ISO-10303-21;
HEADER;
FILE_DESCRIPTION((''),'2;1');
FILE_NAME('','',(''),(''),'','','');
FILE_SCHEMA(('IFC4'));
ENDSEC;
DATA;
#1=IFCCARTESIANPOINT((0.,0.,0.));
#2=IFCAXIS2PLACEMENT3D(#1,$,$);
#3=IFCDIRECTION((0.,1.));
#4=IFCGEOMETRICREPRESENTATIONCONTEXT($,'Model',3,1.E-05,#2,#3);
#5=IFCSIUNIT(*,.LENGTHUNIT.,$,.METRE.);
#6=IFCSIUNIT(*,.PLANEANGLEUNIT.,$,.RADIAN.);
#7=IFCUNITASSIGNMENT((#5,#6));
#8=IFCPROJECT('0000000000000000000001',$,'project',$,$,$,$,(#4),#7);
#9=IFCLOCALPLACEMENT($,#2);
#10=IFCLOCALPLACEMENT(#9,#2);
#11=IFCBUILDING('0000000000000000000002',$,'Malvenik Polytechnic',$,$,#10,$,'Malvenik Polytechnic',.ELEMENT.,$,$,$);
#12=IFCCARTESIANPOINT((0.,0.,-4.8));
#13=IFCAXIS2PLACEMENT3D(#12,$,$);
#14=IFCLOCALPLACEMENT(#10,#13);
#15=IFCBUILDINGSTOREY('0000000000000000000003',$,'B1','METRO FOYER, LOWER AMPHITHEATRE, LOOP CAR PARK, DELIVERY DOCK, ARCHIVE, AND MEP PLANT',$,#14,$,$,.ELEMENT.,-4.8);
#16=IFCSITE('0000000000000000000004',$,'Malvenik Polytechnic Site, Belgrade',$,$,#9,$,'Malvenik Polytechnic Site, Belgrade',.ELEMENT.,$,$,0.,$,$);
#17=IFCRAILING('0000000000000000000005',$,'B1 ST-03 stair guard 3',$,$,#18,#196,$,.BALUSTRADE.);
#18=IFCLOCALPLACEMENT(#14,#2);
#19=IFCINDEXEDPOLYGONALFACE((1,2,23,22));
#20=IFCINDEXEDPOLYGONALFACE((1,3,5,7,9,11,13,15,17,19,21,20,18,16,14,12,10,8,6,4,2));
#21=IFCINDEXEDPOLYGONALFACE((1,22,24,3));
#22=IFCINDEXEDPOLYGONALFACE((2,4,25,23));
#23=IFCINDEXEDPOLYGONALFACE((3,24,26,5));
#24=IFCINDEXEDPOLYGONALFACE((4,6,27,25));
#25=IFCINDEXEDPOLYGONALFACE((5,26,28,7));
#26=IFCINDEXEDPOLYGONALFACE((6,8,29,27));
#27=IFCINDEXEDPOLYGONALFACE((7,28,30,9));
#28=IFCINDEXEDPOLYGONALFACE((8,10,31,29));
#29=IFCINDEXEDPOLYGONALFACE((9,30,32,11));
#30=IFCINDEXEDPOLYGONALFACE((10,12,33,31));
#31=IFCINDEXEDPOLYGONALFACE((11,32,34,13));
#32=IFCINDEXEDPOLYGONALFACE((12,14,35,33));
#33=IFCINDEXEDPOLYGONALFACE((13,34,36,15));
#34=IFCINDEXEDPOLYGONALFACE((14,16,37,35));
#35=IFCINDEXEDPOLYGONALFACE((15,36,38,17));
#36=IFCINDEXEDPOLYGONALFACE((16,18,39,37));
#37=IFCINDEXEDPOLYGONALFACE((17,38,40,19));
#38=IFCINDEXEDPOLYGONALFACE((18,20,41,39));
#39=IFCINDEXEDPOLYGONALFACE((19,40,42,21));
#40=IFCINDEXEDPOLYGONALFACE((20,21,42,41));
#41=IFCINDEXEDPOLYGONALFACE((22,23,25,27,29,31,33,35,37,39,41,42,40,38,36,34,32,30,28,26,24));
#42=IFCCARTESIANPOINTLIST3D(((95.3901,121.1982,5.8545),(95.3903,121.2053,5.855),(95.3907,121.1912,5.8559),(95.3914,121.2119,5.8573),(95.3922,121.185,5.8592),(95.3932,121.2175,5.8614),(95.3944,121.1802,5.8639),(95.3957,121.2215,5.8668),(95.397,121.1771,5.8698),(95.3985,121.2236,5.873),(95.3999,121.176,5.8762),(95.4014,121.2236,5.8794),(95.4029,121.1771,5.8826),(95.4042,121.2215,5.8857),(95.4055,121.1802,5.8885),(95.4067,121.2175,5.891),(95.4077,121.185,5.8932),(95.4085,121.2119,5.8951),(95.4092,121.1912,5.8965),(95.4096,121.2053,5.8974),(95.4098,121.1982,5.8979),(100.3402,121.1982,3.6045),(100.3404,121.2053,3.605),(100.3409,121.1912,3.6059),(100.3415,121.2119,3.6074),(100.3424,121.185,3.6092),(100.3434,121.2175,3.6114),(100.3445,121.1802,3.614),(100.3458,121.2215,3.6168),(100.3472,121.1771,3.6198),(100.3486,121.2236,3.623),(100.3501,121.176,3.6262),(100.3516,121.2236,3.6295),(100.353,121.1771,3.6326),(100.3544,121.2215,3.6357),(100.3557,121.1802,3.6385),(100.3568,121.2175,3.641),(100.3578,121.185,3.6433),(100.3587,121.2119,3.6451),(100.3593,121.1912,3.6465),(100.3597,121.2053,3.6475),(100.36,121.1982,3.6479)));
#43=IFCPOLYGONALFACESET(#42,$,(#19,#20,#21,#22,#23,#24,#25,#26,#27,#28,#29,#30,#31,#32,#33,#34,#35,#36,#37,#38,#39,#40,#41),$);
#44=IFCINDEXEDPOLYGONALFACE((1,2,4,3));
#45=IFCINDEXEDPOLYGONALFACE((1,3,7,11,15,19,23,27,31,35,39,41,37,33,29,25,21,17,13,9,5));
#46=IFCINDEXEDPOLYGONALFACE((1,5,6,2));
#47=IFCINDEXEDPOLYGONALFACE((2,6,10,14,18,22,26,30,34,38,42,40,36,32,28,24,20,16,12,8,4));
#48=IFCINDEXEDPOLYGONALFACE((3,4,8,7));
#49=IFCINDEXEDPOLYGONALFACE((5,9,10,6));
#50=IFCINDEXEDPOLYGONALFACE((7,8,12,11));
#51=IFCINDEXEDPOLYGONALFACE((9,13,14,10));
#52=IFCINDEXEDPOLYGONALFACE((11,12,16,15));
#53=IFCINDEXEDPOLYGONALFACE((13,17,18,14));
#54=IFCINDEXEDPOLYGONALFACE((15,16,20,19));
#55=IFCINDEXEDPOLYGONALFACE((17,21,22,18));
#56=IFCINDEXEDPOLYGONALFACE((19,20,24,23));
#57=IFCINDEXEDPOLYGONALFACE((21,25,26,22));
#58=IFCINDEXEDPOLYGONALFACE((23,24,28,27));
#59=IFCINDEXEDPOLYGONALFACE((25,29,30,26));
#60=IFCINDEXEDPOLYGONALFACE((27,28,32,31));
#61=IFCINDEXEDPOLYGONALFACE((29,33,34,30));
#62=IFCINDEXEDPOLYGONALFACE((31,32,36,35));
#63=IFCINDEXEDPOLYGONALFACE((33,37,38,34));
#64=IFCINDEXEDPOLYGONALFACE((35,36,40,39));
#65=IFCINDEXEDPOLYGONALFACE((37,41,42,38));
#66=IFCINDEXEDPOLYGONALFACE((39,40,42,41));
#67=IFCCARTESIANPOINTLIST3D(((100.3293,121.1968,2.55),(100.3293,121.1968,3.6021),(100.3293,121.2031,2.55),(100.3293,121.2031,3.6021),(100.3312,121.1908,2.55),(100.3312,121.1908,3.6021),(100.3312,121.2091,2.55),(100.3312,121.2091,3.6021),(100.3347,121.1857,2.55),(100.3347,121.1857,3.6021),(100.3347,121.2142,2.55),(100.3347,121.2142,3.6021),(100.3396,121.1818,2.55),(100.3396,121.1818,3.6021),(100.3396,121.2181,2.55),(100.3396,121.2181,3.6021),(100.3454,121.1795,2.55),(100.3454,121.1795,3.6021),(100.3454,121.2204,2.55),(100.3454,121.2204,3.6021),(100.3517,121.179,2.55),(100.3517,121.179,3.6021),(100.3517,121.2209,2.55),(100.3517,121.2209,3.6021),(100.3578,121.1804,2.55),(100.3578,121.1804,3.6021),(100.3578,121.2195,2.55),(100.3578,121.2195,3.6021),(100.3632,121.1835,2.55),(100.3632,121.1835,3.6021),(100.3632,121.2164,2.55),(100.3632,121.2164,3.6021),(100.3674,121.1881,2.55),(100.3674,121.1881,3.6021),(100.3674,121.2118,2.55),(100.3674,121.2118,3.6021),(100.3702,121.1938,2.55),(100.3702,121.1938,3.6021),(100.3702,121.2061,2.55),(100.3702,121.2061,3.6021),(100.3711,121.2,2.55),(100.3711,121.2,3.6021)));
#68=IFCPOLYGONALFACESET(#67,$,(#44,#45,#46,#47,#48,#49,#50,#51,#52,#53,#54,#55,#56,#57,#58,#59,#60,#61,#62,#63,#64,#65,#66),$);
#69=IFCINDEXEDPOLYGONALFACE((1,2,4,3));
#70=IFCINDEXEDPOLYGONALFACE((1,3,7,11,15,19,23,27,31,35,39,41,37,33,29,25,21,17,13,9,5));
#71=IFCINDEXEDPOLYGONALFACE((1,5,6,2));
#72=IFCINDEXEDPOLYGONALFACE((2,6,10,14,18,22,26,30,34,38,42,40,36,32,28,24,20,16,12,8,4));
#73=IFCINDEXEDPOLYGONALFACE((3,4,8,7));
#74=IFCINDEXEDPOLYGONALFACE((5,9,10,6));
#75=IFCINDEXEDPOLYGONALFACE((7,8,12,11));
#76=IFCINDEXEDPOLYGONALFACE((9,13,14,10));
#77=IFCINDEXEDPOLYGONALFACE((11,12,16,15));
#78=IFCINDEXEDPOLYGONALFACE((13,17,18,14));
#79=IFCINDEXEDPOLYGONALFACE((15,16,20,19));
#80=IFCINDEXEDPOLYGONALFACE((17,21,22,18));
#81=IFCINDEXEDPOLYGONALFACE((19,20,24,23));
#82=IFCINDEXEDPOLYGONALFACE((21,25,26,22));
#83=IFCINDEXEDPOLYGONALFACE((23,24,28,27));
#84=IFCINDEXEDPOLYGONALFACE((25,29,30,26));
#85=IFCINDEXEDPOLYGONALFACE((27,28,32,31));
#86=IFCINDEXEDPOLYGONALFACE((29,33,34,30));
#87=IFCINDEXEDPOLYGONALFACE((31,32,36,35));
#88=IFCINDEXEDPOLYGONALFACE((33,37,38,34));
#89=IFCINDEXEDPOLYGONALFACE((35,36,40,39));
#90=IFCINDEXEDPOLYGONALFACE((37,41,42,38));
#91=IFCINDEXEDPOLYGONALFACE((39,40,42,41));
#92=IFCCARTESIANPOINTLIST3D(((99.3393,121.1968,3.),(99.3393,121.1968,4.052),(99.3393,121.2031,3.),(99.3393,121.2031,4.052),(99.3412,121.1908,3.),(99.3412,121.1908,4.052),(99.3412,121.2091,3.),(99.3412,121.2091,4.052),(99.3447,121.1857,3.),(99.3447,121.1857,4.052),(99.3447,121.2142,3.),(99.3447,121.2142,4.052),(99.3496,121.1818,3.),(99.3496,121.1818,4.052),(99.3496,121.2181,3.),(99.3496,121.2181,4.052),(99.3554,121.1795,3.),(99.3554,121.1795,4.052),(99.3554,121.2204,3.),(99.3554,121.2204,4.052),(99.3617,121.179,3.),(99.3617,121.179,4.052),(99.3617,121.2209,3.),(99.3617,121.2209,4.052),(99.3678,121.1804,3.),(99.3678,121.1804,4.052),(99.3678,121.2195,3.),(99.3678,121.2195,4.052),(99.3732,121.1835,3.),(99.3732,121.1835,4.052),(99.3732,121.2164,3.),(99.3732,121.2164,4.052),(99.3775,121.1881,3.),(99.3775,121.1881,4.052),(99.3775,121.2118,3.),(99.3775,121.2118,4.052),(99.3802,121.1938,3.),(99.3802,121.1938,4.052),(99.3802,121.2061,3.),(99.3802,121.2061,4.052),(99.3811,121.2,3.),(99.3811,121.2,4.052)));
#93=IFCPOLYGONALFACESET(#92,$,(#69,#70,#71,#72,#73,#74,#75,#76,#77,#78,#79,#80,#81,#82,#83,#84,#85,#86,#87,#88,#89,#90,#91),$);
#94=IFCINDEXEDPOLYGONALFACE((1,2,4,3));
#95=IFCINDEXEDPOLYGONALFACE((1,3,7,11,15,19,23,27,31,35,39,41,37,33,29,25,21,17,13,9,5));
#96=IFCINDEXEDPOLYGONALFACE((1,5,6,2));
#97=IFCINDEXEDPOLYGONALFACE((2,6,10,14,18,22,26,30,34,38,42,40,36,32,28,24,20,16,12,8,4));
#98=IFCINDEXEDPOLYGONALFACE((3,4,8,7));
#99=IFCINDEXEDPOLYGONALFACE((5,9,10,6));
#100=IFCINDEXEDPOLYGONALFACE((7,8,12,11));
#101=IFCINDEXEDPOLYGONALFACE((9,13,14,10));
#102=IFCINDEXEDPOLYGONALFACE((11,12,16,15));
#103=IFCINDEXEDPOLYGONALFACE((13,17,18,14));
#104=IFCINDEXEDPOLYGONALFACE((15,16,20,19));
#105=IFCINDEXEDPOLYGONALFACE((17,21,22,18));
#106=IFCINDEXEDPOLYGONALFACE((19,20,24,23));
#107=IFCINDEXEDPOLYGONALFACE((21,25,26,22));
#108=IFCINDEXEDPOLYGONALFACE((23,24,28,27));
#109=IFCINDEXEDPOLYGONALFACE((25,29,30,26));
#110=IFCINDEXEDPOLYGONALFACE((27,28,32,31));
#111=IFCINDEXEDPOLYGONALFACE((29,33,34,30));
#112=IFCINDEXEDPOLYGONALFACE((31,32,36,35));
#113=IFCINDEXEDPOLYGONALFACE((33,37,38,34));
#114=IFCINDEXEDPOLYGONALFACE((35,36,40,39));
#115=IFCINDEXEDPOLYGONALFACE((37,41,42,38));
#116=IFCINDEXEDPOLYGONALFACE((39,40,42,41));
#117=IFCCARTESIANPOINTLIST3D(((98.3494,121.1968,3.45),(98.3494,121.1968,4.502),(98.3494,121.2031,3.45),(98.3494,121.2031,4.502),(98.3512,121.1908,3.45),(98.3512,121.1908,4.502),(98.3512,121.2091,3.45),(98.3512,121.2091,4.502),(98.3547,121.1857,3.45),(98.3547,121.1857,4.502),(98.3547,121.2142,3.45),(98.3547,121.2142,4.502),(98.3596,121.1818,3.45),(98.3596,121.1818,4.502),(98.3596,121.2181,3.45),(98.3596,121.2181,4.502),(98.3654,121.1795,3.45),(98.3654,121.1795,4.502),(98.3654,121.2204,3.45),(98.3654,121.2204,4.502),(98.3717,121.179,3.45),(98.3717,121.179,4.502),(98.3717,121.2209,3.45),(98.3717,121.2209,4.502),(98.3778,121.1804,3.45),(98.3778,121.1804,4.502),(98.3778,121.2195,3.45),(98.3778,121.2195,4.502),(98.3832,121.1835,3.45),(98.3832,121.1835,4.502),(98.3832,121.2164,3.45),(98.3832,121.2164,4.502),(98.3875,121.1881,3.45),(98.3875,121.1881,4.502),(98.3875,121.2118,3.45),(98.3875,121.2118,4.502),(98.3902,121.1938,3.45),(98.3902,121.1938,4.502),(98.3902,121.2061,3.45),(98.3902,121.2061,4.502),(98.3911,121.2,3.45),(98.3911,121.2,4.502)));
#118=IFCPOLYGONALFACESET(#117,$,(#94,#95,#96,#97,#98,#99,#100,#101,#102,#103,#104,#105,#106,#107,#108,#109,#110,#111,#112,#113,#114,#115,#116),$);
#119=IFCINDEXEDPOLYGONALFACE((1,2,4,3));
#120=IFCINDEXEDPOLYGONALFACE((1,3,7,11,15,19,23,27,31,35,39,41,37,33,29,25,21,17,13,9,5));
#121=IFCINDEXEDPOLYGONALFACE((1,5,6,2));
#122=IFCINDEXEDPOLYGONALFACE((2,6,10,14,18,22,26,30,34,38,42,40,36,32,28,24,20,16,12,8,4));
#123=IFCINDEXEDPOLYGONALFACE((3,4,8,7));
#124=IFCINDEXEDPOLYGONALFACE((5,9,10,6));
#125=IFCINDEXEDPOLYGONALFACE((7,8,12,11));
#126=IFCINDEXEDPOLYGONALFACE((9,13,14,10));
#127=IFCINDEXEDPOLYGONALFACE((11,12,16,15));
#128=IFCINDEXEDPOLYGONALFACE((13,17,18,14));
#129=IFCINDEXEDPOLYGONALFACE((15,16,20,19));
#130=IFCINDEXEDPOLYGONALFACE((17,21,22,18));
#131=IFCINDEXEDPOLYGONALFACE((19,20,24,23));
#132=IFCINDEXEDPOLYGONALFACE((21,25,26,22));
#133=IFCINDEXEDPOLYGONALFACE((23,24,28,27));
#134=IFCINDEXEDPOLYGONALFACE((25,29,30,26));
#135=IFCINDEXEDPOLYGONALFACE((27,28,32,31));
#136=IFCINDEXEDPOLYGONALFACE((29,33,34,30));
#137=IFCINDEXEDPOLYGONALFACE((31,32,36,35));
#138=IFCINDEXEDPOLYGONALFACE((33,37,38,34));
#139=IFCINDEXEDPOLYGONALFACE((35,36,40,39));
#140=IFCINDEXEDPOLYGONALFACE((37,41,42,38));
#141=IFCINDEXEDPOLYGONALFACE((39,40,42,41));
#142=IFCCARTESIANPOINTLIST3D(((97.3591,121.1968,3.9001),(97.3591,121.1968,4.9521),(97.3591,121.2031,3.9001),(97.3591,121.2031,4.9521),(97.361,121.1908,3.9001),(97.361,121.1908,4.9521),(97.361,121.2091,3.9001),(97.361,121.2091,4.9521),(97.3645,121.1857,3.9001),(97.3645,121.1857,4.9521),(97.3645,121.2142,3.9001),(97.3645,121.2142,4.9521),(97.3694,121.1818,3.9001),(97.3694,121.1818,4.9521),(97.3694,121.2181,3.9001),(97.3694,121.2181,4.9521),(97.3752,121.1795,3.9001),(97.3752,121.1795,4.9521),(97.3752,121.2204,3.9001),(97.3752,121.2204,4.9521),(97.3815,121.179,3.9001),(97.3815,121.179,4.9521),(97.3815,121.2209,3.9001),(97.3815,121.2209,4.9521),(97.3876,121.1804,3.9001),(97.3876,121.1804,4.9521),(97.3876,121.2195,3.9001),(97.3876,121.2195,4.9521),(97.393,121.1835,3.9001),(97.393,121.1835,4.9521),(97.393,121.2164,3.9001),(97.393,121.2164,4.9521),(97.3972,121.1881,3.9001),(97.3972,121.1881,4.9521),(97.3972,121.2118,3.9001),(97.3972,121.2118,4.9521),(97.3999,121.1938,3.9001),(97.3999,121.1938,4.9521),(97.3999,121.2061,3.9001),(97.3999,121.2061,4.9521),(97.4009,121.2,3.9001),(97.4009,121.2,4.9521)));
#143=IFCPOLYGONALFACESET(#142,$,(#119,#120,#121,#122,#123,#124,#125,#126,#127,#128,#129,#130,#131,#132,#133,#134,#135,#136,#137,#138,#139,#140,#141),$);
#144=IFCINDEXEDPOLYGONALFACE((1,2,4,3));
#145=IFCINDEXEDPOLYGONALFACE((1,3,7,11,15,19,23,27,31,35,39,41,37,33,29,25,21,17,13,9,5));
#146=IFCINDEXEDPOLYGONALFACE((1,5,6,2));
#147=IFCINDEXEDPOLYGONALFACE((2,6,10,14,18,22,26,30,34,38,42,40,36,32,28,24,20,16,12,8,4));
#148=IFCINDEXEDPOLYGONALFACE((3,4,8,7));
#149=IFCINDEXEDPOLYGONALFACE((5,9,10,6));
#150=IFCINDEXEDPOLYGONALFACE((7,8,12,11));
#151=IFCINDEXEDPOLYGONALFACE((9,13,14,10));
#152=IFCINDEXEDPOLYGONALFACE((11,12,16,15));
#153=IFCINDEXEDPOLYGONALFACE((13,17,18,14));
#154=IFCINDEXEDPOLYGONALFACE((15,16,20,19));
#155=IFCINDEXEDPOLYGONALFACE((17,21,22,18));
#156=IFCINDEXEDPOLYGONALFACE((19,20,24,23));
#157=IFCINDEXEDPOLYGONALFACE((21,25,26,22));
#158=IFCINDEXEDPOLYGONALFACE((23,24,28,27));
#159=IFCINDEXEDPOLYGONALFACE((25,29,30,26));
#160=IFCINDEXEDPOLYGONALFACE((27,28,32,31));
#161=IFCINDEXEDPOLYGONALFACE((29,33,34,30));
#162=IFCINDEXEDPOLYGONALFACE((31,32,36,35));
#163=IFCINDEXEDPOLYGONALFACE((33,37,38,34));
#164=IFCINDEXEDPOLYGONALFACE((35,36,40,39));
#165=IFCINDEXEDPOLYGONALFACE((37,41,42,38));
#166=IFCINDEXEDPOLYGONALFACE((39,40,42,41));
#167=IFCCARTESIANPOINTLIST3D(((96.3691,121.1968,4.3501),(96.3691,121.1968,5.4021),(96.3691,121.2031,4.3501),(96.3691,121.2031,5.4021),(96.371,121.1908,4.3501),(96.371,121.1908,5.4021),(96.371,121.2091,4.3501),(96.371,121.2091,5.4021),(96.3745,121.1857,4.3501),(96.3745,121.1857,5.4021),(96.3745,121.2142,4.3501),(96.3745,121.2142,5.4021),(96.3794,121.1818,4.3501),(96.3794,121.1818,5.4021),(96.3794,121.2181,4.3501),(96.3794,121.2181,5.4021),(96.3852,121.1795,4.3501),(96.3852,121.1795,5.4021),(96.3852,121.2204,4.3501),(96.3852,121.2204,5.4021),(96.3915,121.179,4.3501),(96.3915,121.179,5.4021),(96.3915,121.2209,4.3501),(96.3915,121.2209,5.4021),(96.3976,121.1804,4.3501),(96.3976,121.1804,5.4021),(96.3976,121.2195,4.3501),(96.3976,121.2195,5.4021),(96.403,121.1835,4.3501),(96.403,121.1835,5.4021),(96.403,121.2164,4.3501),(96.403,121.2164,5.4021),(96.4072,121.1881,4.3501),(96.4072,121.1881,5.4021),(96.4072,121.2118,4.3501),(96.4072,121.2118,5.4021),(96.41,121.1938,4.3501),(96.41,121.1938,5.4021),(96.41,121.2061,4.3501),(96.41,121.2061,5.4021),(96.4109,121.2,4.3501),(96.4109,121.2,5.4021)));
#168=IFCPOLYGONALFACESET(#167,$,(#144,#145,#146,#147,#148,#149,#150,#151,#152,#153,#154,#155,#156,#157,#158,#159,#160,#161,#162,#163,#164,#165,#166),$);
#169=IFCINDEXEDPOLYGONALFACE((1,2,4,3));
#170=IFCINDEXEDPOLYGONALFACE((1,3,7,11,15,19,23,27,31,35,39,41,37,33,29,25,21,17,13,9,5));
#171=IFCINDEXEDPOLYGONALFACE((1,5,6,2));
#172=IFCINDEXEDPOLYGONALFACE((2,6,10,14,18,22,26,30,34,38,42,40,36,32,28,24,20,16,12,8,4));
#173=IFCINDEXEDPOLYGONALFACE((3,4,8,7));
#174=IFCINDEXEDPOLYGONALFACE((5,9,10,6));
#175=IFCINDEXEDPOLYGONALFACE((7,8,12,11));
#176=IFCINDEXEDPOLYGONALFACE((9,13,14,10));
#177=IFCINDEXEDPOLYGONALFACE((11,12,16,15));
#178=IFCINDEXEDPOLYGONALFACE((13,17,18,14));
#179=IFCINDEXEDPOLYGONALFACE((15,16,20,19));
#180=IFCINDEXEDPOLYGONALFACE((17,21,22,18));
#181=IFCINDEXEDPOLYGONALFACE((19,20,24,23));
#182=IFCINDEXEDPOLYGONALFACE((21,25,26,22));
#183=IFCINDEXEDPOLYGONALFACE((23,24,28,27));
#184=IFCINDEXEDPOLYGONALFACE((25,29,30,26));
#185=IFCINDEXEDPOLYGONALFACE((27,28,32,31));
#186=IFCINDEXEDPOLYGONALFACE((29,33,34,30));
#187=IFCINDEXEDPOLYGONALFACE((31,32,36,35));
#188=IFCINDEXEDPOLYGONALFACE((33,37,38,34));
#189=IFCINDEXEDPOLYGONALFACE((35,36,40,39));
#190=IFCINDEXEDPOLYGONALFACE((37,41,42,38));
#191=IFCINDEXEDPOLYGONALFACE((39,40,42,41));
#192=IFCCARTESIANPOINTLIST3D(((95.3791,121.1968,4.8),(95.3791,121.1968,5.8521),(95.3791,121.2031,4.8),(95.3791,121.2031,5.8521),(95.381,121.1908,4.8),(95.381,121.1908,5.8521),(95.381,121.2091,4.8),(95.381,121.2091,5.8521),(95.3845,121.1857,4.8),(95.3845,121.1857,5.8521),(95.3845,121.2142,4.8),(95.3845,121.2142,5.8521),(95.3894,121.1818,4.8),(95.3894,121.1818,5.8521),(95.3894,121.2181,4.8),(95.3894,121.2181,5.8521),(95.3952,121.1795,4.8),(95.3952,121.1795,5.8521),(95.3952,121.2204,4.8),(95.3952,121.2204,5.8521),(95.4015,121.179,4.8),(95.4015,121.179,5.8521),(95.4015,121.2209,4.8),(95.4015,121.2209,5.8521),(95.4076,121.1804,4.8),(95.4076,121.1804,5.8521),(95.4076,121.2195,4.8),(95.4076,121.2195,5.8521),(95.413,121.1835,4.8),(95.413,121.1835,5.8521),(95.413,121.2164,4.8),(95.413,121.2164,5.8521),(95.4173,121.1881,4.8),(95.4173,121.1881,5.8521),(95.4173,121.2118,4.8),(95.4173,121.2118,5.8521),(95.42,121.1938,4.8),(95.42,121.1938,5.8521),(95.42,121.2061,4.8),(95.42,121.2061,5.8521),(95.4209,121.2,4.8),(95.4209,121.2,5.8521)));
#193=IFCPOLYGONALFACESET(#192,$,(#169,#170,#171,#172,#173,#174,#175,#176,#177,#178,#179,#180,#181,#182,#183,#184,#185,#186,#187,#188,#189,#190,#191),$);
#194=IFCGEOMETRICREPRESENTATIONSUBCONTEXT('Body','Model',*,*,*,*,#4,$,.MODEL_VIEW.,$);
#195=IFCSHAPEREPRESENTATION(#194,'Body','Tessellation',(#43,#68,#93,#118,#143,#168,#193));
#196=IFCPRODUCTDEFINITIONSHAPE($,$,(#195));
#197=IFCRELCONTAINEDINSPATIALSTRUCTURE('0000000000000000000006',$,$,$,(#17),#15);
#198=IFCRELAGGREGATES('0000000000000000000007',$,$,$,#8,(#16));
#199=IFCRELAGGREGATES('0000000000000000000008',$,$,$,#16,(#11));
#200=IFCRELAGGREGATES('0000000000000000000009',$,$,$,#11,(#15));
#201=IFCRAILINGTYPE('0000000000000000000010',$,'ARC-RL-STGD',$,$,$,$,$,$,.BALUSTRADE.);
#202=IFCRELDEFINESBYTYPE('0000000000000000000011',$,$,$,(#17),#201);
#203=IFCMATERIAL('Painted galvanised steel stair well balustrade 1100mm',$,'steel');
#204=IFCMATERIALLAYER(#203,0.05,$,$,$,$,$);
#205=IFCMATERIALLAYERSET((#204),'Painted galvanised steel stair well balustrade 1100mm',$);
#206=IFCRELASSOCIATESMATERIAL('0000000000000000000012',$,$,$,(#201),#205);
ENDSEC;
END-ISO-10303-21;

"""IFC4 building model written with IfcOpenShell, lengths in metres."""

from ifc_helpers import new_model, si_unit, direction, frame, origin, origin_2d, place, context, subcontext, project, spatial, circle, extrude, material, layer, layer_set, type_object, element, save


model = new_model("IFC4")

# Units and contexts
model_context = context("Model", 3, precision=1e-05, world=origin(), true_north=direction((0.0, 1.0)))
body_context = subcontext(model_context, "Body", "Model", "MODEL_VIEW")
ifc_project = project(units=[si_unit("LENGTHUNIT", "METRE"), si_unit("PLANEANGLEUNIT", "RADIAN")], contexts=[model_context])

# Site, building, storey
site_placement = place(None, origin())
site = spatial("IfcSite", under=ifc_project, at=site_placement, Name="Malvenik Polytechnic Site, Belgrade", LongName="Malvenik Polytechnic Site, Belgrade", CompositionType="ELEMENT", RefElevation=0.0)
building_placement = place(site_placement, origin())
building = spatial("IfcBuilding", under=site, at=building_placement, Name="Malvenik Polytechnic", LongName="Malvenik Polytechnic", CompositionType="ELEMENT")
storey_placement = place(building_placement, frame((0.0, 0.0, -4.8)))
storey = spatial("IfcBuildingStorey", under=building, at=storey_placement, Name="B1", Description="METRO FOYER, LOWER AMPHITHEATRE, LOOP CAR PARK, DELIVERY DOCK, ARCHIVE, AND MEP PLANT", CompositionType="ELEMENT", Elevation=-4.8)

# Railing
ifc_material_1 = material(Name="Painted galvanised steel stair well balustrade 1100mm", Category="steel")
ifc_layer_1 = layer(ifc_material_1, 0.05)
ifc_layer_set_1 = layer_set([ifc_layer_1], Name="Painted galvanised steel stair well balustrade 1100mm")
railing_type_1 = type_object("IfcRailingType", Name="ARC-RL-STGD", PredefinedType="BALUSTRADE", material=ifc_layer_set_1)
railing_1_placement = place(storey_placement, frame((100.3501, 121.2, 2.55)))
element("IfcRailing", 1, at=railing_1_placement, inside=storey, type_object=railing_type_1, Name="B1 ST-03 stair guard 3", PredefinedType="BALUSTRADE", context=body_context, shape_type="SweptSolid", body=[
    extrude(circle(Radius=0.0239, at=origin_2d()), frame((0.0, 0.0, 1.0762), z_axis=(-0.910373, 0.0, 0.413789), x_axis=(0.0, -1.0, 0.0)), (0.0, 0.0, 1.0), 5.4375),
    extrude(circle(Radius=0.021, at=origin_2d()), origin(), (0.0, 0.0, 1.0), 1.052),
    extrude(circle(Radius=0.021, at=origin_2d()), frame((-0.99, 0.0, 0.45)), (0.0, 0.0, 1.0), 1.052),
    extrude(circle(Radius=0.021, at=origin_2d()), frame((-1.98, 0.0, 0.8999)), (0.0, 0.0, 1.0), 1.052),
    extrude(circle(Radius=0.021, at=origin_2d()), frame((-2.9702, 0.0, 1.3501)), (0.0, 0.0, 1.0), 1.052),
    extrude(circle(Radius=0.021, at=origin_2d()), frame((-3.9602, 0.0, 1.8)), (0.0, 0.0, 1.0), 1.052),
    extrude(circle(Radius=0.021, at=origin_2d()), frame((-4.9502, 0.0, 2.25)), (0.0, 0.0, 1.0), 1.052),
])

save(model, "model.ifc")
